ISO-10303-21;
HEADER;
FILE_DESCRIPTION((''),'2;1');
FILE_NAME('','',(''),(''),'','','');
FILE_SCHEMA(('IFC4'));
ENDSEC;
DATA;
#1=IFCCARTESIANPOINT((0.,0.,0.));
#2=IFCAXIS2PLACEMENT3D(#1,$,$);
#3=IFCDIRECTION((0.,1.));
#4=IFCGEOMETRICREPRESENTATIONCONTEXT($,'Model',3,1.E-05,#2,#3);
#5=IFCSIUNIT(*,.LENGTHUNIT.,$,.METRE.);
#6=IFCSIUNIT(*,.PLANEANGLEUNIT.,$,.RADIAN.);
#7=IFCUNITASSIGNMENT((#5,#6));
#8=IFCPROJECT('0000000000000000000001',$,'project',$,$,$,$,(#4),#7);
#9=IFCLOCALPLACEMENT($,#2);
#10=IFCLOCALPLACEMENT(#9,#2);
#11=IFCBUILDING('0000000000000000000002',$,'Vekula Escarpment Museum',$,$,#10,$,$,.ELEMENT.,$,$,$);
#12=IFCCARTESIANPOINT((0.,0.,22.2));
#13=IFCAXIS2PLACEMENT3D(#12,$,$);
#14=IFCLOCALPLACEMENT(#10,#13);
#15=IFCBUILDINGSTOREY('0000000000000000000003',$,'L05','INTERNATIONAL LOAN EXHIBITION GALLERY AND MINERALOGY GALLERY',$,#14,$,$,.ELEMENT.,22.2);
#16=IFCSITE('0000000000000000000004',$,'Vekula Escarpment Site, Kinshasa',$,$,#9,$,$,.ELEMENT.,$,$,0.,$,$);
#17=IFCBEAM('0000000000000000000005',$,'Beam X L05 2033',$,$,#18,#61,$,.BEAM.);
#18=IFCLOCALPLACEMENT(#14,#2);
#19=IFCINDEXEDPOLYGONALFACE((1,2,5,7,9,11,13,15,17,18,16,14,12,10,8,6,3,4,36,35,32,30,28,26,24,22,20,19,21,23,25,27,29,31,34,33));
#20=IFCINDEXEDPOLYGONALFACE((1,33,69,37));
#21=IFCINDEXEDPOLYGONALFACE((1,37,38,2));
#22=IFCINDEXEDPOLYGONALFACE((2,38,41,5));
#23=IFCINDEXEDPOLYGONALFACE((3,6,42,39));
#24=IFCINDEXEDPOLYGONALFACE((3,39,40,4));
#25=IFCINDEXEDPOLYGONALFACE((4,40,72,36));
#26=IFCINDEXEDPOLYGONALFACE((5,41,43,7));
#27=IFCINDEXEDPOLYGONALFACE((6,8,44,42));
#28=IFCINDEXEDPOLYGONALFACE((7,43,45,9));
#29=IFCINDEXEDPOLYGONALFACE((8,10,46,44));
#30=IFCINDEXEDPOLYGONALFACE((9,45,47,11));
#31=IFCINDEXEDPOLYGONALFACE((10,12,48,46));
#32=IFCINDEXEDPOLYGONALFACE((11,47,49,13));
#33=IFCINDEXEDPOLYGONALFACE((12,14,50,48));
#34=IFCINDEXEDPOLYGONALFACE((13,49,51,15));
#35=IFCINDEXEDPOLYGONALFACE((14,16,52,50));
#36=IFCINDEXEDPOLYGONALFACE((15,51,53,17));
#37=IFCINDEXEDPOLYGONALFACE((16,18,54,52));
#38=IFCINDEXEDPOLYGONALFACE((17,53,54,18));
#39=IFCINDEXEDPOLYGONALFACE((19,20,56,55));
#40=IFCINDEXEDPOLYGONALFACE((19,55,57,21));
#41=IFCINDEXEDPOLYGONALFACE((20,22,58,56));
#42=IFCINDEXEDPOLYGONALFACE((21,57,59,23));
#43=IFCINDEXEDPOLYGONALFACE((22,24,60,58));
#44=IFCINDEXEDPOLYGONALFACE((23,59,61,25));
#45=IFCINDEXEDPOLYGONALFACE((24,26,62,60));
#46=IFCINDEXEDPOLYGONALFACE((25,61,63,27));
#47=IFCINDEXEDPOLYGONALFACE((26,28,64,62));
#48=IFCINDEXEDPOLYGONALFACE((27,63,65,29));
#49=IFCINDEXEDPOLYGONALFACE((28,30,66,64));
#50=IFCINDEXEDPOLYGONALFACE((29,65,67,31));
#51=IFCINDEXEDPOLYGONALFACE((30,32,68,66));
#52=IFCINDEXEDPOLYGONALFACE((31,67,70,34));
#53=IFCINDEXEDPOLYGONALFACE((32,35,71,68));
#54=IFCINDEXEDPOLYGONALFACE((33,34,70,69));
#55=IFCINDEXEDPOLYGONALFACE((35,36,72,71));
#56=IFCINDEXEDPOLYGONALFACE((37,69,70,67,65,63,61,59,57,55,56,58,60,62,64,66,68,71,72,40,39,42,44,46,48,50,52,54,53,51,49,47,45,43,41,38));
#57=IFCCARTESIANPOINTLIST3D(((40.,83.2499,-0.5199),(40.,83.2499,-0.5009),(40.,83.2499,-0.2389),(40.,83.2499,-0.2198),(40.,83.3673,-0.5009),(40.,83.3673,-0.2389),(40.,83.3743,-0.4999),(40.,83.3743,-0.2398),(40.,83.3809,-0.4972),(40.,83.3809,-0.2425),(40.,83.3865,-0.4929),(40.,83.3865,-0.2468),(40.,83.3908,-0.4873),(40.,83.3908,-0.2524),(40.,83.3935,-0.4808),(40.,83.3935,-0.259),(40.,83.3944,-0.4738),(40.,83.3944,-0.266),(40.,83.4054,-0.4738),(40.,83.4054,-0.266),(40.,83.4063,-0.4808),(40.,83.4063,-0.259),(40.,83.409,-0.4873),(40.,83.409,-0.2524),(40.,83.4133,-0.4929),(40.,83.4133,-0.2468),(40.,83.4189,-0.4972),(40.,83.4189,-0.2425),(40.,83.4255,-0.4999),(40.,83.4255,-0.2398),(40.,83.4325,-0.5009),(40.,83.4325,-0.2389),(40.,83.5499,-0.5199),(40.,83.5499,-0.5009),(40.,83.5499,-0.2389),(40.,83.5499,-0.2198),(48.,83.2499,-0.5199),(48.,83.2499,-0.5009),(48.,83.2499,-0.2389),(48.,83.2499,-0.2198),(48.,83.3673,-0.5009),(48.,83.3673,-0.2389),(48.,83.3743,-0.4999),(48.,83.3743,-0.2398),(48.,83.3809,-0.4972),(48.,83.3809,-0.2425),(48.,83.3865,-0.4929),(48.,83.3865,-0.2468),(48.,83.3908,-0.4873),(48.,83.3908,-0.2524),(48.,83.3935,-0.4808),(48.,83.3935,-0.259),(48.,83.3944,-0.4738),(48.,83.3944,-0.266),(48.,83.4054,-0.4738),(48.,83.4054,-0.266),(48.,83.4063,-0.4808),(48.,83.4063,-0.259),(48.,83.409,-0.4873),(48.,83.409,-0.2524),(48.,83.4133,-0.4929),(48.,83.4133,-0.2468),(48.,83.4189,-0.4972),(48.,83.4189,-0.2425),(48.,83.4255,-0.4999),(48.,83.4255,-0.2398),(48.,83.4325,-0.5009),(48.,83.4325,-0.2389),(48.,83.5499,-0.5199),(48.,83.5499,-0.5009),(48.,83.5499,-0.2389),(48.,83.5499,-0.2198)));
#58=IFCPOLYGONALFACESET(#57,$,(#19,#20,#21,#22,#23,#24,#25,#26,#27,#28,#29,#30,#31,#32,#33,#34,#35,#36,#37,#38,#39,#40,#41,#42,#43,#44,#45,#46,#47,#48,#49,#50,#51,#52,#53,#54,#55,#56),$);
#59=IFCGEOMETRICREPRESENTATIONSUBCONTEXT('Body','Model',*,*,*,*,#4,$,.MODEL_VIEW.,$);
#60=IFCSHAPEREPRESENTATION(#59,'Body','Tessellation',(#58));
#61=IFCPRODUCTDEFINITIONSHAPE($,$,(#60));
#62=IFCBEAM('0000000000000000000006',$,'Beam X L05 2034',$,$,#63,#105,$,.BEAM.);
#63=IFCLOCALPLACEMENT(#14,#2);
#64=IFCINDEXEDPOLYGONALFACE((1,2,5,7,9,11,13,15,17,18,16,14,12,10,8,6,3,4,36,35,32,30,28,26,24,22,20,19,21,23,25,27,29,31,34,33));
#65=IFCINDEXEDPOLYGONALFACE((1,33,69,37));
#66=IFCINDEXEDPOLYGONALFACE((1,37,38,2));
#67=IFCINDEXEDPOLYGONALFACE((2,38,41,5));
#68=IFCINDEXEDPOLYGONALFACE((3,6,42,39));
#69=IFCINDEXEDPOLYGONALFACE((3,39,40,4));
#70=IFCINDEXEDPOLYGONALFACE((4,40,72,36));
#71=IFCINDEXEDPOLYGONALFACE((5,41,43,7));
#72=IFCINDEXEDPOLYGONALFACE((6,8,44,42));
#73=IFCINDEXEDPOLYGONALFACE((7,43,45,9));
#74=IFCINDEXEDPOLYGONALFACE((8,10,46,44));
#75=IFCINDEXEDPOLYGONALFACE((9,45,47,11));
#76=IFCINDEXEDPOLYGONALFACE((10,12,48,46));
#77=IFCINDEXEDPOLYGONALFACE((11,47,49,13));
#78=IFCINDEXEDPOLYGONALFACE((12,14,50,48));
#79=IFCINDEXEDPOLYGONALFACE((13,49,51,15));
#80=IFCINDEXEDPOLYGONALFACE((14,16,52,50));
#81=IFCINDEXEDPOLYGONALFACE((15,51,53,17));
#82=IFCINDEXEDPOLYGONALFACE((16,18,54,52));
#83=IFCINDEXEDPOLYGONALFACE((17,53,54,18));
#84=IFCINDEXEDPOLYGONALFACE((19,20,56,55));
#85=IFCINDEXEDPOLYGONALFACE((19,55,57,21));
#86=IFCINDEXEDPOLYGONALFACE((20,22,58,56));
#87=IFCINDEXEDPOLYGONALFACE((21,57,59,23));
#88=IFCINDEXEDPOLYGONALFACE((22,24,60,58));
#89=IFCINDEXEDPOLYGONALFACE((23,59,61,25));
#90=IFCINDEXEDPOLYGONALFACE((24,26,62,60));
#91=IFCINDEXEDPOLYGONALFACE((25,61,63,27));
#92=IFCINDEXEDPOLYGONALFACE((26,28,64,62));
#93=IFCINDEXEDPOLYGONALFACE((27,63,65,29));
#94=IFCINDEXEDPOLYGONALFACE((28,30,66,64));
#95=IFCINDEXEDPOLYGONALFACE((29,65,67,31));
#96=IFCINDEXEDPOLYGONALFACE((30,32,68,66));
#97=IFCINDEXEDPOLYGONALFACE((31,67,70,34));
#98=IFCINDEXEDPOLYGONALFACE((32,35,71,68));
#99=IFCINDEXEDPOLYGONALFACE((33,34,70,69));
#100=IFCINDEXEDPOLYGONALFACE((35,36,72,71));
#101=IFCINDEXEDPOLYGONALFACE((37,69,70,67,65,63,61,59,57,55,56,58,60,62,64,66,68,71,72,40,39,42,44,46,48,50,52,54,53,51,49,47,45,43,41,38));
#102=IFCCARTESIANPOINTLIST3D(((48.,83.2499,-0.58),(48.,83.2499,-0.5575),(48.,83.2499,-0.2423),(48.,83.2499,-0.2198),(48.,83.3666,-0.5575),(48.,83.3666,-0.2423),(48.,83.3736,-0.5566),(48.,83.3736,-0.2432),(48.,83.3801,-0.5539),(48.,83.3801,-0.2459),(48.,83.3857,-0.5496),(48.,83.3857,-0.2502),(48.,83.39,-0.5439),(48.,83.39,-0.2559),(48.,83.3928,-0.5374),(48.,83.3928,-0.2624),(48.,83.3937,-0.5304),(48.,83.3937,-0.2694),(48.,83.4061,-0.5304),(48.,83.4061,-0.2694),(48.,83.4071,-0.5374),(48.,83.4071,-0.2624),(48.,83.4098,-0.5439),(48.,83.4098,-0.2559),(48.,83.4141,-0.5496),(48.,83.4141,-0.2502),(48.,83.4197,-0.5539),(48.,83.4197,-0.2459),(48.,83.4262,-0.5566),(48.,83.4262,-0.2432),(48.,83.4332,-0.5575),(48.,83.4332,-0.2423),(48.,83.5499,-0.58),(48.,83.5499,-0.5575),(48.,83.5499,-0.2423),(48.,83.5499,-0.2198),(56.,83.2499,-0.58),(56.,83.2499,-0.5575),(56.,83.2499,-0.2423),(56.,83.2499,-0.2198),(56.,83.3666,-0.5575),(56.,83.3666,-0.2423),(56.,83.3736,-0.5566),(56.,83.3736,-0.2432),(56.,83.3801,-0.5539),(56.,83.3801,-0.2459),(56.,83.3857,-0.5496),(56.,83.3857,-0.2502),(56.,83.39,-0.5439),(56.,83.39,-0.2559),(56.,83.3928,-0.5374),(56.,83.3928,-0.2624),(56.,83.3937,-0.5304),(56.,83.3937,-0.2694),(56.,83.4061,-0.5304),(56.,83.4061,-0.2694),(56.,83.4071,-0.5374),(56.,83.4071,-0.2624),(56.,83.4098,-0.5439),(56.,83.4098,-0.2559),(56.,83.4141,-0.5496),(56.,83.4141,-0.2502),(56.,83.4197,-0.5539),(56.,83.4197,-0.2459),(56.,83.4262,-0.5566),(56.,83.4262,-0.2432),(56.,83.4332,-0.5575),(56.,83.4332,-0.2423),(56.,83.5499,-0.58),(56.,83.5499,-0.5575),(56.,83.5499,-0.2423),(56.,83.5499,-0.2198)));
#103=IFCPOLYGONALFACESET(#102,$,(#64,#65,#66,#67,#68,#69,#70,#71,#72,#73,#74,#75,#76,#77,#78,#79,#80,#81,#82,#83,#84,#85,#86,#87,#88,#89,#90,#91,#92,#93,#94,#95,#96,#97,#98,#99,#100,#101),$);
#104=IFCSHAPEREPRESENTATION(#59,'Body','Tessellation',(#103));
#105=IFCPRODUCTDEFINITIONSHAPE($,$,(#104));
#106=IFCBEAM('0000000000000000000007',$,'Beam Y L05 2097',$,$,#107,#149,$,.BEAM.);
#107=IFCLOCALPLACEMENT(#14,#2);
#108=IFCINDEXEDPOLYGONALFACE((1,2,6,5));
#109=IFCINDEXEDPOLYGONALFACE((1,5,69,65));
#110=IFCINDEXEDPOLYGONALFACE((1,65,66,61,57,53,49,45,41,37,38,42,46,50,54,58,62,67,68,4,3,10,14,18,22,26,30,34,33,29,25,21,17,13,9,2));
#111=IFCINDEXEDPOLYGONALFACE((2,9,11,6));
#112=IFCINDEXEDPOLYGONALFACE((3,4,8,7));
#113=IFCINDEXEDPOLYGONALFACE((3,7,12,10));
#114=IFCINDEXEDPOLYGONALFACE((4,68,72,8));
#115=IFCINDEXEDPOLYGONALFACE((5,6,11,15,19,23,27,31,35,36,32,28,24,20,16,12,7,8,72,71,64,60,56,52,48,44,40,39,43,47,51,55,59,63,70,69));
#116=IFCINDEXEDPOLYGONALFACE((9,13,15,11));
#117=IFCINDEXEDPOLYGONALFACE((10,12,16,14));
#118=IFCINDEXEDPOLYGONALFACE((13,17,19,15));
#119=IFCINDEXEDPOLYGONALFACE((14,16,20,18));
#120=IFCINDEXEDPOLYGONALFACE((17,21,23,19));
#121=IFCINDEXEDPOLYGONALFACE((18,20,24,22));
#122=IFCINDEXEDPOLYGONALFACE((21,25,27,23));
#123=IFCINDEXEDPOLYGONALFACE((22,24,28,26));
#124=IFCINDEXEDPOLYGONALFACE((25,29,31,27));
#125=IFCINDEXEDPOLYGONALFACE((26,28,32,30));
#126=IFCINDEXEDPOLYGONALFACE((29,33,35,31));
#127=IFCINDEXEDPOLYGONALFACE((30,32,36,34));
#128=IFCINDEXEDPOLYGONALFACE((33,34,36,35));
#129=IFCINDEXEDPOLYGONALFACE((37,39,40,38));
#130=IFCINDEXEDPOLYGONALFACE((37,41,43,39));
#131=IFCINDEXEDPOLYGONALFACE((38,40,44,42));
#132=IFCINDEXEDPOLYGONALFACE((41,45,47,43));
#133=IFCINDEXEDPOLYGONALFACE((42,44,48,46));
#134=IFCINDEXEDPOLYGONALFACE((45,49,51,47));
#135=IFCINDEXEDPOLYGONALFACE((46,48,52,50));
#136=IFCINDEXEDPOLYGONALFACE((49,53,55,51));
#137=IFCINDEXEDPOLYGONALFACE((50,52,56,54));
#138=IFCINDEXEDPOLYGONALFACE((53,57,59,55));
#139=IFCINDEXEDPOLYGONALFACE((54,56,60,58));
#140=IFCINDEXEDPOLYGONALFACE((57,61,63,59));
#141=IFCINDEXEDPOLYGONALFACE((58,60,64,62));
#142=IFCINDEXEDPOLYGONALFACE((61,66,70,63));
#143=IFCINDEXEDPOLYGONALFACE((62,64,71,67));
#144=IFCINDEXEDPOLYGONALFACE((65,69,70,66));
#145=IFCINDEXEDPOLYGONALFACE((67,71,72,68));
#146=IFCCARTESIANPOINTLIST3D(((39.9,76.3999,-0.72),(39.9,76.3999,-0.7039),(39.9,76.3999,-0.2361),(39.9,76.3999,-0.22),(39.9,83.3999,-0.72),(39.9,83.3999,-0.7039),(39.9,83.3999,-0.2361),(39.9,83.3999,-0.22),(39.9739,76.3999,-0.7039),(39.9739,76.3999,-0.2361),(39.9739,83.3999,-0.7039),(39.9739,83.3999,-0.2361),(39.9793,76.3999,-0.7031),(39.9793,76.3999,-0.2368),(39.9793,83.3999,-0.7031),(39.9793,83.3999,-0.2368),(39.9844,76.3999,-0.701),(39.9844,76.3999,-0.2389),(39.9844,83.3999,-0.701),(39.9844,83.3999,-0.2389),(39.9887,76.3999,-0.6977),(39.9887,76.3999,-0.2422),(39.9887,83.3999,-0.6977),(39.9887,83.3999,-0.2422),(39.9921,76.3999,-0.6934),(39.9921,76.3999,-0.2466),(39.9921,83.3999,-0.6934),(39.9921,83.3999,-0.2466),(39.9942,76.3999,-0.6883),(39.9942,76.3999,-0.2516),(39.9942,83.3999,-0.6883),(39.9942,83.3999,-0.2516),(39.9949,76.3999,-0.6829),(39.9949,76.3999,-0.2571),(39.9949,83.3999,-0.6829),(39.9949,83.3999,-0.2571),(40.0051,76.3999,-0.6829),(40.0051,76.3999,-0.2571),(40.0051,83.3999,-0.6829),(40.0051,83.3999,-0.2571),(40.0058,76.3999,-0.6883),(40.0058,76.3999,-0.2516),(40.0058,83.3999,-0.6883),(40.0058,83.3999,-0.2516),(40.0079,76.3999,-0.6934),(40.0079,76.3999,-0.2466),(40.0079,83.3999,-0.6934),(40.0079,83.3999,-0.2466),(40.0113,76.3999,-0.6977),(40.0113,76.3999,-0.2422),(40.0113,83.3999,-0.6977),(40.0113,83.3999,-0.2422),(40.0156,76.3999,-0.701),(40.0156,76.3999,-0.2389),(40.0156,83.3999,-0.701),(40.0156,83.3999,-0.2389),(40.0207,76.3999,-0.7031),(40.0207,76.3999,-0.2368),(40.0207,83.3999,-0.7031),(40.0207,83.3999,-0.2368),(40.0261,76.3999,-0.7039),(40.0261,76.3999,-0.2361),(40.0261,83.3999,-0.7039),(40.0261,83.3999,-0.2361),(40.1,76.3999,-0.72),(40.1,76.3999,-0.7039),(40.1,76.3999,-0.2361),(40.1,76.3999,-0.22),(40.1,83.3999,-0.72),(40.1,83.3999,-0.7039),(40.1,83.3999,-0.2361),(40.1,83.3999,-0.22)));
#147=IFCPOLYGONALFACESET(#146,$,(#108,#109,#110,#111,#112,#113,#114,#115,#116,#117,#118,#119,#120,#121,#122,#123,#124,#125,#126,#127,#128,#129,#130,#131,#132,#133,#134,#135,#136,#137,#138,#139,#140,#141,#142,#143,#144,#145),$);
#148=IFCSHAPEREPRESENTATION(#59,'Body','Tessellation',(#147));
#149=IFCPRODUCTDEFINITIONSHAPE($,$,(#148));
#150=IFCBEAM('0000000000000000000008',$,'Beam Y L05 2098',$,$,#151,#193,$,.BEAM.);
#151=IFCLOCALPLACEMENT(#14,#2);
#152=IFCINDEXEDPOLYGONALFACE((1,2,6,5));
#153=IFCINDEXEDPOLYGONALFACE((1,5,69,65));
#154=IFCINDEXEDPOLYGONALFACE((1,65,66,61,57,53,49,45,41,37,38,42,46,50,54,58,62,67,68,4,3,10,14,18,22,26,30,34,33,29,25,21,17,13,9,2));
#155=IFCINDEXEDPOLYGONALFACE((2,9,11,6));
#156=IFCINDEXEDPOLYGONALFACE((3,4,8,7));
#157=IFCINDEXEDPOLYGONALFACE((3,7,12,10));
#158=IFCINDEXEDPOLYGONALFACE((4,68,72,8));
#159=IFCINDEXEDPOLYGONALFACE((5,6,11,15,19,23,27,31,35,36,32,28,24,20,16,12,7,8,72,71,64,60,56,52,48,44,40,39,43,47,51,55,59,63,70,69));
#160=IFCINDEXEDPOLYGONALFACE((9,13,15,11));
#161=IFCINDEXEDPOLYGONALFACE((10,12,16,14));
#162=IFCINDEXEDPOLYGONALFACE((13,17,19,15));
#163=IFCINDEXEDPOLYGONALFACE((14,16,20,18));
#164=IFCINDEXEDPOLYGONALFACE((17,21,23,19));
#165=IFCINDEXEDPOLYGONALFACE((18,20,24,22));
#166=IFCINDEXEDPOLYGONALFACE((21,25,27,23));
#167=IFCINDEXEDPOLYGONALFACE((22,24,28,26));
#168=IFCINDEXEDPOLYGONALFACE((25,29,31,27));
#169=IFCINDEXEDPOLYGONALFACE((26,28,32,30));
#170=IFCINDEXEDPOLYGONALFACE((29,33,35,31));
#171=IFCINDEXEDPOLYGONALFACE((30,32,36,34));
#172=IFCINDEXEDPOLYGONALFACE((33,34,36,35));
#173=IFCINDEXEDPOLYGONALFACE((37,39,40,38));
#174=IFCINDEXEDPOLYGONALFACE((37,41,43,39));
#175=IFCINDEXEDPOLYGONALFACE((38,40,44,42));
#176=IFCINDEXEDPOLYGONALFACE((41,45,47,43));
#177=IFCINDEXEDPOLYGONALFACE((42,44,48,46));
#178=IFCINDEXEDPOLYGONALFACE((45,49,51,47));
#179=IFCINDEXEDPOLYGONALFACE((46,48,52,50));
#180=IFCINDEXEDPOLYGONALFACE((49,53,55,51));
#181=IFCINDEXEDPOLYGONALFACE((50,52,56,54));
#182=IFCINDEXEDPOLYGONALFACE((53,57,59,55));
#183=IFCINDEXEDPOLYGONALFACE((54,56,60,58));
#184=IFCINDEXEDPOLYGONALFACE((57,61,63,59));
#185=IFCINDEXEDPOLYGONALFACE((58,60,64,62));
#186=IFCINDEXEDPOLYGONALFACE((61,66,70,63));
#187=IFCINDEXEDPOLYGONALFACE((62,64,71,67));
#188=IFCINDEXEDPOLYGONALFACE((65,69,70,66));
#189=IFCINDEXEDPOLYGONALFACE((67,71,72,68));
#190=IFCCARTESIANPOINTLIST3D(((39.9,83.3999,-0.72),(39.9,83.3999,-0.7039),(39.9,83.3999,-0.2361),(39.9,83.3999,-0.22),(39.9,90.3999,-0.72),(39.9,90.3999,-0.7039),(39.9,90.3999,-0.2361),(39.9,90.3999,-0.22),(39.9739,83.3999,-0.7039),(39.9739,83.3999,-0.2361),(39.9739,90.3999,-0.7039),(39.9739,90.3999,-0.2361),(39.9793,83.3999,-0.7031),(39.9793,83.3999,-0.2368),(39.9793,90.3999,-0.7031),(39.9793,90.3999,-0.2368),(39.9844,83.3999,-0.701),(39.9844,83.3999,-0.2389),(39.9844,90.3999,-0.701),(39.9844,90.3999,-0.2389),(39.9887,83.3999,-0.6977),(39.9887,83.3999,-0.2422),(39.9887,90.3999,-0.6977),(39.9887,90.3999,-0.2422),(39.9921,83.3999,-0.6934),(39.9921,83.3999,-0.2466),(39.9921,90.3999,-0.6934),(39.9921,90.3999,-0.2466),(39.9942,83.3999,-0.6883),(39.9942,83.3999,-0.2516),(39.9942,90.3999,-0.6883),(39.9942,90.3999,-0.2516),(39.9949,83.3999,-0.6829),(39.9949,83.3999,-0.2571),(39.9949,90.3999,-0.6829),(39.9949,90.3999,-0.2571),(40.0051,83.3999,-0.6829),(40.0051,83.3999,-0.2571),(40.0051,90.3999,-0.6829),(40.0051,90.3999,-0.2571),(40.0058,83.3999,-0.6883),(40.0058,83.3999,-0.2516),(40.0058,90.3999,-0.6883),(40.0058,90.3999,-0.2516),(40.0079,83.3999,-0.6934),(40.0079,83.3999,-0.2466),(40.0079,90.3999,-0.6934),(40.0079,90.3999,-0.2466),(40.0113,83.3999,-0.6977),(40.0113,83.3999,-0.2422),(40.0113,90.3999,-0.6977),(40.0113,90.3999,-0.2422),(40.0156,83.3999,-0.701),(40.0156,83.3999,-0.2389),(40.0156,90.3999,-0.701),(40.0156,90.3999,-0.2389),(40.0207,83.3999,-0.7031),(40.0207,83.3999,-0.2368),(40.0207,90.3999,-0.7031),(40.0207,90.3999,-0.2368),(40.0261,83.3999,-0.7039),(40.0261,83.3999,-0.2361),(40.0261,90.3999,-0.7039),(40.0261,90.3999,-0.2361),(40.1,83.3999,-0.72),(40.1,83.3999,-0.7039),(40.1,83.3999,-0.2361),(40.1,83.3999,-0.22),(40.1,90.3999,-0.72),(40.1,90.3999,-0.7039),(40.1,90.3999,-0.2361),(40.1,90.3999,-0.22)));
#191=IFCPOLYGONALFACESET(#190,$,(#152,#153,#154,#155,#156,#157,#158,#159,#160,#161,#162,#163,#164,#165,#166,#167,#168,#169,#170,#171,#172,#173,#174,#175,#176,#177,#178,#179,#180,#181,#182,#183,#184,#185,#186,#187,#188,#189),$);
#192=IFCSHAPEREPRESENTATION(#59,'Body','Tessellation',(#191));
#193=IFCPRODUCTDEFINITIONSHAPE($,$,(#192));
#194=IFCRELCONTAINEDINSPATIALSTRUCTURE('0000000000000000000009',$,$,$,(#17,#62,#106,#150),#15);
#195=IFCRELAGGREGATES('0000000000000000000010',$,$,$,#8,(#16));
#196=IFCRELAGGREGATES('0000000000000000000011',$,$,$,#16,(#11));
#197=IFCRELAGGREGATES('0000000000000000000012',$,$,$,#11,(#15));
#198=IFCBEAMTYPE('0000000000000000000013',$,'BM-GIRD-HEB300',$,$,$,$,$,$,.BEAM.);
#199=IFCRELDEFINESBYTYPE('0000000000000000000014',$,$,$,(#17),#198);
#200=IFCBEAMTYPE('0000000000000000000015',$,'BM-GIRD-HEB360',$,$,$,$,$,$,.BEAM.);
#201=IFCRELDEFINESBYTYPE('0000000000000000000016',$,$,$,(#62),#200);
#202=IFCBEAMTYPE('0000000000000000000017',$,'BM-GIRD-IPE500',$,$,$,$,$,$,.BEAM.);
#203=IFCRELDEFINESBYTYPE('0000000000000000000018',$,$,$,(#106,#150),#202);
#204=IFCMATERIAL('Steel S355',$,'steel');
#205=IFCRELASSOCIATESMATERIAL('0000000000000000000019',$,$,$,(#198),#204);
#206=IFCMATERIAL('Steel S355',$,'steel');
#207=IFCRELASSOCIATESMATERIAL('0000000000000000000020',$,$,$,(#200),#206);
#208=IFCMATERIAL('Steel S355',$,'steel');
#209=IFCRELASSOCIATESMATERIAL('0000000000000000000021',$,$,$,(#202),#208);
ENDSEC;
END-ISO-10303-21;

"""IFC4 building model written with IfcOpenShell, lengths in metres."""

from ifc_helpers import new_model, si_unit, direction, frame, origin, origin_2d, place, context, subcontext, project, spatial, i_section, extrude, material, material_profile, profile_set, type_object, element, save


model = new_model("IFC4")

# Units and contexts
model_context = context("Model", 3, precision=1e-05, world=origin(), true_north=direction((0.0, 1.0)))
body_context = subcontext(model_context, "Body", "Model", "MODEL_VIEW")
ifc_project = project(units=[si_unit("LENGTHUNIT", "METRE"), si_unit("PLANEANGLEUNIT", "RADIAN")], contexts=[model_context])

# Site, building, storey
site_placement = place(None, origin())
site = spatial("IfcSite", under=ifc_project, at=site_placement, Name="Vekula Escarpment Site, Kinshasa", CompositionType="ELEMENT", RefElevation=0.0)
building_placement = place(site_placement, origin())
building = spatial("IfcBuilding", under=site, at=building_placement, Name="Vekula Escarpment Museum", CompositionType="ELEMENT")
storey_placement = place(building_placement, frame((0.0, 0.0, 22.2)))
storey = spatial("IfcBuildingStorey", under=building, at=storey_placement, Name="L05", Description="INTERNATIONAL LOAN EXHIBITION GALLERY AND MINERALOGY GALLERY", CompositionType="ELEMENT", Elevation=22.2)

# Beams
ifc_material_1 = material(Name="Steel S355", Category="steel")
ifc_material_profile_1 = material_profile(ifc_material_1, i_section(OverallWidth=0.3, OverallDepth=0.3, WebThickness=0.011, FlangeThickness=0.019, FilletRadius=0.0271, at=origin_2d()), Name="HEB 300")
ifc_profile_set_1 = profile_set([ifc_material_profile_1], Name="Steel S355")
beam_type_1 = type_object("IfcBeamType", Name="BM-GIRD-HEB300", PredefinedType="BEAM", material=ifc_profile_set_1)
beam_1_placement = place(storey_placement, frame((40.0, 83.3999, -0.3699), z_axis=(1.0, 0.0, 0.0), x_axis=(0.0, 1.0, 0.0)))
element("IfcBeam", 1, at=beam_1_placement, inside=storey, type_object=beam_type_1, Name="Beam X L05 2033", PredefinedType="BEAM", context=body_context, shape_type="SweptSolid", body=[
    extrude(i_section(OverallWidth=0.3, OverallDepth=0.3, WebThickness=0.011, FlangeThickness=0.019, FilletRadius=0.0271, at=origin_2d()), origin(), (0.0, 0.0, 1.0), 8.0),
])
ifc_material_2 = material(Name="Steel S355", Category="steel")
ifc_material_profile_2 = material_profile(ifc_material_2, i_section(OverallWidth=0.3, OverallDepth=0.3601, WebThickness=0.0125, FlangeThickness=0.0225, FilletRadius=0.0271, at=origin_2d()), Name="HEB 360")
ifc_profile_set_2 = profile_set([ifc_material_profile_2], Name="Steel S355")
beam_type_2 = type_object("IfcBeamType", Name="BM-GIRD-HEB360", PredefinedType="BEAM", material=ifc_profile_set_2)
beam_2_placement = place(storey_placement, frame((48.0, 83.3999, -0.3999), z_axis=(1.0, 0.0, 0.0), x_axis=(0.0, 1.0, 0.0)))
element("IfcBeam", 2, at=beam_2_placement, inside=storey, type_object=beam_type_2, Name="Beam X L05 2034", PredefinedType="BEAM", context=body_context, shape_type="SweptSolid", body=[
    extrude(i_section(OverallWidth=0.3, OverallDepth=0.3601, WebThickness=0.0125, FlangeThickness=0.0225, FilletRadius=0.0271, at=origin_2d()), origin(), (0.0, 0.0, 1.0), 8.0),
])
ifc_material_3 = material(Name="Steel S355", Category="steel")
ifc_material_profile_3 = material_profile(ifc_material_3, i_section(OverallWidth=0.2, OverallDepth=0.5, WebThickness=0.0103, FlangeThickness=0.0161, FilletRadius=0.021, at=origin_2d()), Name="IPE 500")
ifc_profile_set_3 = profile_set([ifc_material_profile_3], Name="Steel S355")
beam_type_3 = type_object("IfcBeamType", Name="BM-GIRD-IPE500", PredefinedType="BEAM", material=ifc_profile_set_3)
for number, where, z_axis, x_axis, name in (
    (3, (40.0, 76.3999, -0.47), (0.0, 1.0, 0.0), (-1.0, 0.0, 0.0), "Beam Y L05 2097"),
    (4, (40.0, 83.3999, -0.47), (0.0, 1.0, 0.0), (-1.0, 0.0, 0.0), "Beam Y L05 2098"),
):
    element("IfcBeam", number, at=place(storey_placement, frame(where, z_axis=z_axis, x_axis=x_axis)), inside=storey, type_object=beam_type_3, Name=name, PredefinedType="BEAM", context=body_context, shape_type="SweptSolid", body=[
        extrude(i_section(OverallWidth=0.2, OverallDepth=0.5, WebThickness=0.0103, FlangeThickness=0.0161, FilletRadius=0.021, at=origin_2d()), origin(), (0.0, 0.0, 1.0), 7.0),
    ])

save(model, "model.ifc")
